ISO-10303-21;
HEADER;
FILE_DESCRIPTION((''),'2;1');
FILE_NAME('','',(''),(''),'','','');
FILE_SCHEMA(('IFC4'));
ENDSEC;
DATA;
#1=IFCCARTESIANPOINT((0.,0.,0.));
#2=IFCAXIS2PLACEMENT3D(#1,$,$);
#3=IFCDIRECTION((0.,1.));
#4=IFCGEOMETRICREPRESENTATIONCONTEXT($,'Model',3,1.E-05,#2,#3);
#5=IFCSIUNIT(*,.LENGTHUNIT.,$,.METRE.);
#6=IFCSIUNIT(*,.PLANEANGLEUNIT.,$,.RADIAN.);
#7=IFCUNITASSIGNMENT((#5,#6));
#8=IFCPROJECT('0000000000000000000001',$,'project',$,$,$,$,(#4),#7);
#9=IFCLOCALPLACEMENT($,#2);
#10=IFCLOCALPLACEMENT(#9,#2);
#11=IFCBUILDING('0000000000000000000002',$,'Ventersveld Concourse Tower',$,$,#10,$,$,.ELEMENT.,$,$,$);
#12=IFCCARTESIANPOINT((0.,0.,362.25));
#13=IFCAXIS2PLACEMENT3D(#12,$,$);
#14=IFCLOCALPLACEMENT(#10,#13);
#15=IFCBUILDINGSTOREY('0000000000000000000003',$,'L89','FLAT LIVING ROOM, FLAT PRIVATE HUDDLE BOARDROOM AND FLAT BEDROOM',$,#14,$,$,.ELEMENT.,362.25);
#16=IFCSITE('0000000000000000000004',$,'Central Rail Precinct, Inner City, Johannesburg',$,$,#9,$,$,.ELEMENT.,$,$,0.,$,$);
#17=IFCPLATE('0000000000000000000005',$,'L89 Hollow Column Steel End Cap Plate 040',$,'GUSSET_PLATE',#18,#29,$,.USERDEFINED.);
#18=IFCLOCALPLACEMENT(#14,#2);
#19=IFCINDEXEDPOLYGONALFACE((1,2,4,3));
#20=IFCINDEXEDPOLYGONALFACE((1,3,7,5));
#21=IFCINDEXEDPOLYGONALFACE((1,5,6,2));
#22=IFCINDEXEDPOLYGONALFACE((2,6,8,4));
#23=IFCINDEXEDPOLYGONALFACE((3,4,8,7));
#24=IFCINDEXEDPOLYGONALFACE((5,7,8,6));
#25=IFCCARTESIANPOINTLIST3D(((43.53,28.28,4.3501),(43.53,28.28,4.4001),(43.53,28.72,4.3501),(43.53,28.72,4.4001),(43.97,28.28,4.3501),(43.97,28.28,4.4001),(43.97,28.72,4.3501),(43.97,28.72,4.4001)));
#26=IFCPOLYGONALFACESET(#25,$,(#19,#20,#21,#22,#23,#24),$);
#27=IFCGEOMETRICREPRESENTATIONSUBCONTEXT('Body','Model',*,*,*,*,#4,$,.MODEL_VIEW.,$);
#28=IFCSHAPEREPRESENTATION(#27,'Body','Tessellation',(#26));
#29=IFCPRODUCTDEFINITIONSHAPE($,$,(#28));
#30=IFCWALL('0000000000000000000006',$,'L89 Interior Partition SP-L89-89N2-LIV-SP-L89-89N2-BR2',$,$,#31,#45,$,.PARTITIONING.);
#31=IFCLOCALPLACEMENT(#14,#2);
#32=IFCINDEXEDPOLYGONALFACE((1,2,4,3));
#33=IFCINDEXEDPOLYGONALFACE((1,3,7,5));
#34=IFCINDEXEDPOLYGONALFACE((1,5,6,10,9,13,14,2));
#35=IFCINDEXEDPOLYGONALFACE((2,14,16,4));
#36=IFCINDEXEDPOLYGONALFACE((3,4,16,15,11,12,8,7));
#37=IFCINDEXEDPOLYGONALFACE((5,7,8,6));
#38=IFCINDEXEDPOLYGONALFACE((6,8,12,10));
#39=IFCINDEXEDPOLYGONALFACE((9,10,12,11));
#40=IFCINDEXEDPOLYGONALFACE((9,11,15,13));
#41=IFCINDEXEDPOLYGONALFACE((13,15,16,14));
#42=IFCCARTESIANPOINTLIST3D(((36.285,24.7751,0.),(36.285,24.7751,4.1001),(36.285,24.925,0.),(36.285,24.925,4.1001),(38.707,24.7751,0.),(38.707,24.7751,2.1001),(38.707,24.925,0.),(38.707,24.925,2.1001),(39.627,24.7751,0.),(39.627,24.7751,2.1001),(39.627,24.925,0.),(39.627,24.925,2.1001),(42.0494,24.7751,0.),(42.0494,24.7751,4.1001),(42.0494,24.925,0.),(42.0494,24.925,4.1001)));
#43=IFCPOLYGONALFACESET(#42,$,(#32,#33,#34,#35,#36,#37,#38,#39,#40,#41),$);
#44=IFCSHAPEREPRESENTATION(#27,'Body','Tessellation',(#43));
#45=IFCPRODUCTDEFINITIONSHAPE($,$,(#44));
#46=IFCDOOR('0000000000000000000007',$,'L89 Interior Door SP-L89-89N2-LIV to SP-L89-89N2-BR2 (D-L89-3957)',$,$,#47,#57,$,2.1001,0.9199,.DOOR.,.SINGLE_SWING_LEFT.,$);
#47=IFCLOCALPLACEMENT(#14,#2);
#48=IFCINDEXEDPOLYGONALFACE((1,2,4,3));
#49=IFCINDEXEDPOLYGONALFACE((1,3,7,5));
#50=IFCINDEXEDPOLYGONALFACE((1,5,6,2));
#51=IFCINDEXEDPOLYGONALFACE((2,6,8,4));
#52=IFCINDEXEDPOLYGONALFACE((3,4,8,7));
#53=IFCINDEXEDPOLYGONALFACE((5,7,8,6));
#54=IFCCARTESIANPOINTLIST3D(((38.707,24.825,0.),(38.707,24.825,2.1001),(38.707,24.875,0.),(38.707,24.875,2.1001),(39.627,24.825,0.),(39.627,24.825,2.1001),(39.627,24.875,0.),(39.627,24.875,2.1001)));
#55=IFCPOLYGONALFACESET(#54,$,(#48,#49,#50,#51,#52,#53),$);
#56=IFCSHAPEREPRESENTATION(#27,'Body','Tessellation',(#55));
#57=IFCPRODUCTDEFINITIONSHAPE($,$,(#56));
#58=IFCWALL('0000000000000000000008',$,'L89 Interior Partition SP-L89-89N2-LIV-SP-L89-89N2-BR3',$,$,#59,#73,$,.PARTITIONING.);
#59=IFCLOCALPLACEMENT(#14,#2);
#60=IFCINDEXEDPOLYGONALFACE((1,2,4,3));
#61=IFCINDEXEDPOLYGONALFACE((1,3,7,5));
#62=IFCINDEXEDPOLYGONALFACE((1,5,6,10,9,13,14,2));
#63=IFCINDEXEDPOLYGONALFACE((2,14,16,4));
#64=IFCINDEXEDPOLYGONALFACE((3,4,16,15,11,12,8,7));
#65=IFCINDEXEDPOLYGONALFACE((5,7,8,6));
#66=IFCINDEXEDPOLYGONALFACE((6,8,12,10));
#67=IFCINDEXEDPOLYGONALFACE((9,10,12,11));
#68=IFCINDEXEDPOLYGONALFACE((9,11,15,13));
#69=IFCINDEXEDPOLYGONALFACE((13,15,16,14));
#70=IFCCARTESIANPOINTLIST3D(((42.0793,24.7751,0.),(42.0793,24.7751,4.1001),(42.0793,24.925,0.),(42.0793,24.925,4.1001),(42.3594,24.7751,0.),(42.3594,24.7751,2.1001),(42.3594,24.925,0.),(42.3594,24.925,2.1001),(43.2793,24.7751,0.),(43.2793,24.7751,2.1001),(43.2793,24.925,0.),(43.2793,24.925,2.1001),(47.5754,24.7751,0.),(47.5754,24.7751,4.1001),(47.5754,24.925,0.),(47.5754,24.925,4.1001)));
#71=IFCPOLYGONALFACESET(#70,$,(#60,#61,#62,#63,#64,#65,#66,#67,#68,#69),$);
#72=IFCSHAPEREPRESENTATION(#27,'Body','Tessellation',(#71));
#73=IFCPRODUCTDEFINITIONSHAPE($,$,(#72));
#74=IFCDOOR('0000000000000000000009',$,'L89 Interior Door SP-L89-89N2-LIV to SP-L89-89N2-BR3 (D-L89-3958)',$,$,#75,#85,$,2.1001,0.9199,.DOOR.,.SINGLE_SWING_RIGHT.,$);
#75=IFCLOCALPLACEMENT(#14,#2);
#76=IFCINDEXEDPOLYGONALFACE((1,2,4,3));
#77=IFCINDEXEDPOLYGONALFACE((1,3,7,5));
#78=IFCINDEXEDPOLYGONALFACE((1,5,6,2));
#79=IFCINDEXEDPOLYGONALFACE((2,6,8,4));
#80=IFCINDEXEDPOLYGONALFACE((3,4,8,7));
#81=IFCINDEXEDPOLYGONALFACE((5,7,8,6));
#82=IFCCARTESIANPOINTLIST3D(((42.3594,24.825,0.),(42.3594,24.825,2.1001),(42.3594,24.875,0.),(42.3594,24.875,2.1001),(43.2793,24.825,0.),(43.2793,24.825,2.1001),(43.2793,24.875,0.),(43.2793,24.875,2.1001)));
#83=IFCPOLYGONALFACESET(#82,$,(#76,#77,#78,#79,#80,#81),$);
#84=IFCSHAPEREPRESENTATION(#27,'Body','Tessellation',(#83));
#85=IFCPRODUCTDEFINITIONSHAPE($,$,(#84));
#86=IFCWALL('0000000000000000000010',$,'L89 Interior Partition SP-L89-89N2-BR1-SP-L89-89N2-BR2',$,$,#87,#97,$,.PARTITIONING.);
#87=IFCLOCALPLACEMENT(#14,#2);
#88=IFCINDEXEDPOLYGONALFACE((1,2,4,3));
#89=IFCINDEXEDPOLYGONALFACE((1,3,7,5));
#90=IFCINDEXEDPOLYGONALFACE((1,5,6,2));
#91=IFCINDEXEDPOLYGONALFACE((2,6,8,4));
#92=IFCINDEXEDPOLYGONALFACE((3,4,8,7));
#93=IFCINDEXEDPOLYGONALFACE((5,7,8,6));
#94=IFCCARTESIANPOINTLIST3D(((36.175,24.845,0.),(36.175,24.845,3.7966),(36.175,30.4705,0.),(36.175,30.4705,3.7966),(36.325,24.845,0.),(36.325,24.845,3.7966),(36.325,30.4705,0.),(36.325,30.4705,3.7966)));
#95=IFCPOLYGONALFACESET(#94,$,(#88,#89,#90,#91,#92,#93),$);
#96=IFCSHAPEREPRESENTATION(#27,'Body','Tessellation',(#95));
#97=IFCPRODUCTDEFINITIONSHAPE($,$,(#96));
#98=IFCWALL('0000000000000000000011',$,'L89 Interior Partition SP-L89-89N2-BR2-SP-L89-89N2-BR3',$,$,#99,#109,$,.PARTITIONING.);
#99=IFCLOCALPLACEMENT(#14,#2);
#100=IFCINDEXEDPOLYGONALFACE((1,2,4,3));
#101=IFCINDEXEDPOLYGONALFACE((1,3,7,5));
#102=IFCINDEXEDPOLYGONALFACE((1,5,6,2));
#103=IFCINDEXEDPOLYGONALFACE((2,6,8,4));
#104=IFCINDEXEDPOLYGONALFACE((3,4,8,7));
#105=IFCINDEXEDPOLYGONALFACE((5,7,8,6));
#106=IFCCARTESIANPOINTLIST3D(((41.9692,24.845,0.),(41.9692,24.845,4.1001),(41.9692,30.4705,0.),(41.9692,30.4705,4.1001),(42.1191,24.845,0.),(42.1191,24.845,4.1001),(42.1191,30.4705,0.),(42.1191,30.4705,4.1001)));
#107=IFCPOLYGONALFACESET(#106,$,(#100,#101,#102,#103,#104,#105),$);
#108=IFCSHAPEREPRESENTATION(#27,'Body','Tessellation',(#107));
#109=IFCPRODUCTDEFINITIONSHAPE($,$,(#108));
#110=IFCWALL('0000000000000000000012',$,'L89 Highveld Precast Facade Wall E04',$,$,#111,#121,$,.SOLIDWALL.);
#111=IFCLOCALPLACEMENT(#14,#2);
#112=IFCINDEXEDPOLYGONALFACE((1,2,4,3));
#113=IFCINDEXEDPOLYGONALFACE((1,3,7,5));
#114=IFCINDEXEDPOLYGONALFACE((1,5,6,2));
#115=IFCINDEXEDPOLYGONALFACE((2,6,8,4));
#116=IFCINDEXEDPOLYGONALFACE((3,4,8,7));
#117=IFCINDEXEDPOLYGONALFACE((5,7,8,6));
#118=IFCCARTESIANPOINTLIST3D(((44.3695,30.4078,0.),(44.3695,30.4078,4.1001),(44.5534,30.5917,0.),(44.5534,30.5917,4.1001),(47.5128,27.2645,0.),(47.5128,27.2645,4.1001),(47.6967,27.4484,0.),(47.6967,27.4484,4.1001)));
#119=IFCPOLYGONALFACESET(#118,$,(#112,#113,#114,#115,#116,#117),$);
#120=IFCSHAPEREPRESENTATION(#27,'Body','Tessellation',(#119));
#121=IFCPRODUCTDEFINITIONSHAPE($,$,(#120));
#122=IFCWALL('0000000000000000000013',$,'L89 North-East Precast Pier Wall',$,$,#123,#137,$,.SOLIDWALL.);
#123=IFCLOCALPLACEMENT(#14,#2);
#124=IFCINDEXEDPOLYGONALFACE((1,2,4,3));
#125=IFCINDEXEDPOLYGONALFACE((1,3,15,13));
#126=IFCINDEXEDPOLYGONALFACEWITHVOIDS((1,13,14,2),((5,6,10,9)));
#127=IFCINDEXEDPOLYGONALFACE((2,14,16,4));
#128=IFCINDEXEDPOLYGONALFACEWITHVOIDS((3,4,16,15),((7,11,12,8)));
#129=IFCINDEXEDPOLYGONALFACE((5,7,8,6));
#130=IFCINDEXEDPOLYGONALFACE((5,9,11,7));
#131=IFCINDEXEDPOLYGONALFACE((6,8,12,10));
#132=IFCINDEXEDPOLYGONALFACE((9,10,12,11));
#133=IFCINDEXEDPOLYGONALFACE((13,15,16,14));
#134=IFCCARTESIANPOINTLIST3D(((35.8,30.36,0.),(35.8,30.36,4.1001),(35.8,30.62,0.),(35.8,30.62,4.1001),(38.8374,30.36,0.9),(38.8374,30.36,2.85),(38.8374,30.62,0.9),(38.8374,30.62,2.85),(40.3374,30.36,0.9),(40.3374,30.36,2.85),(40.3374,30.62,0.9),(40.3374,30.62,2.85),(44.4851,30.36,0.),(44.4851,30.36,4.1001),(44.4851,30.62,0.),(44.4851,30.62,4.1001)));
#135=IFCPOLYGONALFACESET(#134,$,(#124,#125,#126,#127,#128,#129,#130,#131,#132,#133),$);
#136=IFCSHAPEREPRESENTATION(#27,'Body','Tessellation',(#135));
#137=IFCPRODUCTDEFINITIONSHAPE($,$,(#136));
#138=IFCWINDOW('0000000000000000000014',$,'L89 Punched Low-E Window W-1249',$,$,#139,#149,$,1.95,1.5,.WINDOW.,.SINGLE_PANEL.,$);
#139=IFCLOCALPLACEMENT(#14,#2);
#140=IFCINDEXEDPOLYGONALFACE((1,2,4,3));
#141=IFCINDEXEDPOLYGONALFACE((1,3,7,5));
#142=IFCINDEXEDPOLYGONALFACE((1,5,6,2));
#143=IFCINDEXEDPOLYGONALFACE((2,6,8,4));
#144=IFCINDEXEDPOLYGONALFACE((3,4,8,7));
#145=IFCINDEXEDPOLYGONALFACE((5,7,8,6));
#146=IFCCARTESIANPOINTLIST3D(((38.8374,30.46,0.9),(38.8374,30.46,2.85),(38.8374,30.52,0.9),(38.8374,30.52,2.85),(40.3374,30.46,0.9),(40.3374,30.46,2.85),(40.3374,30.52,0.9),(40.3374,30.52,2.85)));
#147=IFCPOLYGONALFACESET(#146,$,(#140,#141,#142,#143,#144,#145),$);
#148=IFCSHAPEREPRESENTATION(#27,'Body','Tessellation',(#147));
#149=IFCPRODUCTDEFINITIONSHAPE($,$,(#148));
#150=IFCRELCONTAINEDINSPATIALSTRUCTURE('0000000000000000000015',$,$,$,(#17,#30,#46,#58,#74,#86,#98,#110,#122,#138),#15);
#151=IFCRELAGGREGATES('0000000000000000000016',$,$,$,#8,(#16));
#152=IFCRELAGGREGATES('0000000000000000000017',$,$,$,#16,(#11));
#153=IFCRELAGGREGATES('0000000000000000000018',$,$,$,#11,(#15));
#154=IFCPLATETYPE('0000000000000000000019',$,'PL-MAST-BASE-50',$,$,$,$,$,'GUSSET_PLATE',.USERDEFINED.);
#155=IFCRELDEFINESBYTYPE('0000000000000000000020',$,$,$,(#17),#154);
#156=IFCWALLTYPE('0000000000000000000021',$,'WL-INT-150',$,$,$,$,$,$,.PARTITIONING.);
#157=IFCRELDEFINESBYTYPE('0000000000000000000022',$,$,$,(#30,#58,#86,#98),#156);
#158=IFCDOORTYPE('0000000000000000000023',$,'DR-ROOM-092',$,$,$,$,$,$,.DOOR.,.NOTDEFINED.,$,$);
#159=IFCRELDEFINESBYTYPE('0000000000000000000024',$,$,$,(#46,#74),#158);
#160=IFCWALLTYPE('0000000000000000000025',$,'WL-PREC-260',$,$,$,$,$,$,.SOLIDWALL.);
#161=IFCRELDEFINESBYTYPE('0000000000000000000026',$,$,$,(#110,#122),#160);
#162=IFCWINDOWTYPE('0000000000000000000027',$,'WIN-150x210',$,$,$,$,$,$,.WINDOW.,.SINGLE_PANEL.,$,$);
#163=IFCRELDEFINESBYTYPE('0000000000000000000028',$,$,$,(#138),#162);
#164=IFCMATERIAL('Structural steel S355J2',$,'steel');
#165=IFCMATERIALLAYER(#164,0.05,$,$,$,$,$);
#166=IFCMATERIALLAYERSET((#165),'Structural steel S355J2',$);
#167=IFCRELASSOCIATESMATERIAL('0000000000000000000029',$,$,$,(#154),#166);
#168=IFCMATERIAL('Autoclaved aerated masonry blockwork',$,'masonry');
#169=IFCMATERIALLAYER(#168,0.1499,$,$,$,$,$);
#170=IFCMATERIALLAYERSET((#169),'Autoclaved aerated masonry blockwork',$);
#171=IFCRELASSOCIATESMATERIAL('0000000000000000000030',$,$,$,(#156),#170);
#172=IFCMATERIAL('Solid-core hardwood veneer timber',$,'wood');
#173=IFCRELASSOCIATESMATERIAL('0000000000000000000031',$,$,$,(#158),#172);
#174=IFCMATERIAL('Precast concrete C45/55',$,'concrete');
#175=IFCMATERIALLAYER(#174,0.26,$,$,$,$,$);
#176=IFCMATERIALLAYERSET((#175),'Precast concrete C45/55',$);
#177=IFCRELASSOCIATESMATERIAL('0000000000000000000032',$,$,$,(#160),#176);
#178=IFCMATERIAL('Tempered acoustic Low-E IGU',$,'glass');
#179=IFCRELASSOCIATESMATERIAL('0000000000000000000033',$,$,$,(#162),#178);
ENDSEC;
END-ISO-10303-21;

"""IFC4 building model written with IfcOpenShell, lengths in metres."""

from ifc_helpers import new_model, si_unit, direction, frame, frame_2d, origin, origin_2d, place, context, subcontext, project, spatial, rectangle, extrude, material, layer, layer_set, type_object, element, fill, save


model = new_model("IFC4")

# Units and contexts
model_context = context("Model", 3, precision=1e-05, world=origin(), true_north=direction((0.0, 1.0)))
body_context = subcontext(model_context, "Body", "Model", "MODEL_VIEW")
ifc_project = project(units=[si_unit("LENGTHUNIT", "METRE"), si_unit("PLANEANGLEUNIT", "RADIAN")], contexts=[model_context])

# Site, building, storey
site_placement = place(None, origin())
site = spatial("IfcSite", under=ifc_project, at=site_placement, Name="Central Rail Precinct, Inner City, Johannesburg", CompositionType="ELEMENT", RefElevation=0.0)
building_placement = place(site_placement, origin())
building = spatial("IfcBuilding", under=site, at=building_placement, Name="Ventersveld Concourse Tower", CompositionType="ELEMENT")
storey_placement = place(building_placement, frame((0.0, 0.0, 362.25)))
storey = spatial("IfcBuildingStorey", under=building, at=storey_placement, Name="L89", Description="FLAT LIVING ROOM, FLAT PRIVATE HUDDLE BOARDROOM AND FLAT BEDROOM", CompositionType="ELEMENT", Elevation=362.25)

# Shared definitions
ifc_material_1 = material(Name="Structural steel S355J2", Category="steel")

# Plate
ifc_layer_1 = layer(ifc_material_1, 0.05)
ifc_layer_set_1 = layer_set([ifc_layer_1], Name="Structural steel S355J2")
plate_type = type_object("IfcPlateType", Name="PL-MAST-BASE-50", ElementType="GUSSET_PLATE", PredefinedType="USERDEFINED", material=ifc_layer_set_1)
for number, where, z_axis, x_axis, name in (
    (1, (43.75, 28.5, 4.3501), (0.0, 0.0, 1.0), (1.0, 0.0, 0.0), "L89 Hollow Column Steel End Cap Plate 040"),
):
    element("IfcPlate", number, at=place(storey_placement, frame(where, z_axis=z_axis, x_axis=x_axis)), inside=storey, type_object=plate_type, Name=name, ObjectType="GUSSET_PLATE", PredefinedType="USERDEFINED", context=body_context, shape_type="SweptSolid", body=[
        extrude(rectangle(XDim=0.4399, YDim=0.4399, at=origin_2d()), origin(), (0.0, 0.0, 1.0), 0.05),
    ])

# Walls, openings, doors
ifc_material_2 = material(Name="Autoclaved aerated masonry blockwork", Category="masonry")
ifc_layer_2 = layer(ifc_material_2, 0.1499)
ifc_layer_set_2 = layer_set([ifc_layer_2], Name="Autoclaved aerated masonry blockwork")
wall_type_1 = type_object("IfcWallType", Name="WL-INT-150", PredefinedType="PARTITIONING", material=ifc_layer_set_2)
wall_1_placement = place(storey_placement, frame((36.2849, 24.8501, 0.0), z_axis=(0.0, 0.0, 1.0), x_axis=(1.0, 0.0, 0.0)))
wall_1 = element("IfcWall", 2, at=wall_1_placement, inside=storey, type_object=wall_type_1, Name="L89 Interior Partition SP-L89-89N2-LIV-SP-L89-89N2-BR2", PredefinedType="PARTITIONING", context=body_context, shape_type="SweptSolid", body=[
    extrude(rectangle(XDim=5.7644, YDim=0.1499, at=frame_2d((2.8823, 0.0))), origin(), (0.0, 0.0, 1.0), 4.1001),
])
opening_1_placement = place(wall_1_placement, frame((2.4221, 0.0, 0.0)))
opening_1 = element("IfcOpeningElement", 3, at=opening_1_placement, cuts=wall_1, PredefinedType="OPENING", context=body_context, shape_type="SweptSolid", body=[
    extrude(rectangle(XDim=0.9199, YDim=2.1001, at=frame_2d((0.46, 1.05))), frame((0.0, 0.085, 0.0), z_axis=(0.0, -1.0, 0.0), x_axis=(1.0, 0.0, 0.0)), (0.0, 0.0, 1.0), 0.1699),
])
ifc_material_3 = material(Name="Solid-core hardwood veneer timber", Category="wood")
door_type = type_object("IfcDoorType", Name="DR-ROOM-092", OperationType="NOTDEFINED", PredefinedType="DOOR", material=ifc_material_3)
door_1_placement = place(opening_1_placement, origin())
door_1 = element("IfcDoor", 4, at=door_1_placement, inside=storey, type_object=door_type, Name="L89 Interior Door SP-L89-89N2-LIV to SP-L89-89N2-BR2 (D-L89-3957)", OperationType="SINGLE_SWING_LEFT", OverallHeight=2.1001, OverallWidth=0.9199, PredefinedType="DOOR", context=body_context, shape_type="SweptSolid", body=[
    extrude(rectangle(XDim=0.9199, YDim=2.1001, at=frame_2d((0.46, 1.05))), frame((0.0, 0.0249, 0.0), z_axis=(0.0, -1.0, 0.0), x_axis=(1.0, 0.0, 0.0)), (0.0, 0.0, 1.0), 0.05),
])
fill(opening_1, door_1)
wall_2_placement = place(storey_placement, frame((42.0793, 24.8501, 0.0), z_axis=(0.0, 0.0, 1.0), x_axis=(1.0, 0.0, 0.0)))
wall_2 = element("IfcWall", 5, at=wall_2_placement, inside=storey, type_object=wall_type_1, Name="L89 Interior Partition SP-L89-89N2-LIV-SP-L89-89N2-BR3", PredefinedType="PARTITIONING", context=body_context, shape_type="SweptSolid", body=[
    extrude(rectangle(XDim=5.4961, YDim=0.1499, at=frame_2d((2.748, 0.0))), origin(), (0.0, 0.0, 1.0), 4.1001),
])
opening_2_placement = place(wall_2_placement, frame((0.28, 0.0, 0.0)))
opening_2 = element("IfcOpeningElement", 6, at=opening_2_placement, cuts=wall_2, PredefinedType="OPENING", context=body_context, shape_type="SweptSolid", body=[
    extrude(rectangle(XDim=0.9199, YDim=2.1001, at=frame_2d((0.46, 1.05))), frame((0.0, 0.085, 0.0), z_axis=(0.0, -1.0, 0.0), x_axis=(1.0, 0.0, 0.0)), (0.0, 0.0, 1.0), 0.1699),
])
door_2_placement = place(opening_2_placement, origin())
door_2 = element("IfcDoor", 7, at=door_2_placement, inside=storey, type_object=door_type, Name="L89 Interior Door SP-L89-89N2-LIV to SP-L89-89N2-BR3 (D-L89-3958)", OperationType="SINGLE_SWING_RIGHT", OverallHeight=2.1001, OverallWidth=0.9199, PredefinedType="DOOR", context=body_context, shape_type="SweptSolid", body=[
    extrude(rectangle(XDim=0.9199, YDim=2.1001, at=frame_2d((0.46, 1.05))), frame((0.0, 0.0249, 0.0), z_axis=(0.0, -1.0, 0.0), x_axis=(1.0, 0.0, 0.0)), (0.0, 0.0, 1.0), 0.05),
])
fill(opening_2, door_2)

# Walls
wall_3_placement = place(storey_placement, frame((36.25, 24.845, 0.0), z_axis=(0.0, 0.0, 1.0), x_axis=(0.0, 1.0, 0.0)))
element("IfcWall", 8, at=wall_3_placement, inside=storey, type_object=wall_type_1, Name="L89 Interior Partition SP-L89-89N2-BR1-SP-L89-89N2-BR2", PredefinedType="PARTITIONING", context=body_context, shape_type="SweptSolid", body=[
    extrude(rectangle(XDim=5.6255, YDim=0.1499, at=frame_2d((2.8127, 0.0))), origin(), (0.0, 0.0, 1.0), 3.7966),
])
wall_4_placement = place(storey_placement, frame((42.0442, 24.845, 0.0), z_axis=(0.0, 0.0, 1.0), x_axis=(0.0, 1.0, 0.0)))
element("IfcWall", 9, at=wall_4_placement, inside=storey, type_object=wall_type_1, Name="L89 Interior Partition SP-L89-89N2-BR2-SP-L89-89N2-BR3", PredefinedType="PARTITIONING", context=body_context, shape_type="SweptSolid", body=[
    extrude(rectangle(XDim=5.6255, YDim=0.1499, at=frame_2d((2.8127, 0.0))), origin(), (0.0, 0.0, 1.0), 4.1001),
])
ifc_material_4 = material(Name="Precast concrete C45/55", Category="concrete")
ifc_layer_3 = layer(ifc_material_4, 0.26)
ifc_layer_set_3 = layer_set([ifc_layer_3], Name="Precast concrete C45/55")
wall_type_2 = type_object("IfcWallType", Name="WL-PREC-260", PredefinedType="SOLIDWALL", material=ifc_layer_set_3)
wall_5_placement = place(storey_placement, frame((47.6047, 27.3564, 0.0), z_axis=(0.0, 0.0, 1.0), x_axis=(-0.707107, 0.707107, 0.0)))
element("IfcWall", 10, at=wall_5_placement, inside=storey, type_object=wall_type_2, Name="L89 Highveld Precast Facade Wall E04", PredefinedType="SOLIDWALL", context=body_context, shape_type="SweptSolid", body=[
    extrude(rectangle(XDim=4.4453, YDim=0.26, at=frame_2d((2.2227, 0.0))), origin(), (0.0, 0.0, 1.0), 4.1001),
])

# Wall, opening, window
wall_6_placement = place(storey_placement, frame((44.4851, 30.49, 0.0), z_axis=(0.0, 0.0, 1.0), x_axis=(-1.0, 0.0, 0.0)))
wall_6 = element("IfcWall", 11, at=wall_6_placement, inside=storey, type_object=wall_type_2, Name="L89 North-East Precast Pier Wall", PredefinedType="SOLIDWALL", context=body_context, shape_type="SweptSolid", body=[
    extrude(rectangle(XDim=8.6851, YDim=0.26, at=frame_2d((4.3425, 0.0))), origin(), (0.0, 0.0, 1.0), 4.1001),
])
opening_3_placement = place(wall_6_placement, frame((4.1477, 0.0, 0.8999)))
opening_3 = element("IfcOpeningElement", 12, at=opening_3_placement, cuts=wall_6, PredefinedType="OPENING", context=body_context, shape_type="SweptSolid", body=[
    extrude(rectangle(XDim=1.5, YDim=1.95, at=frame_2d((0.75, 0.9751))), frame((0.0, 0.1401, 0.0), z_axis=(0.0, -1.0, 0.0), x_axis=(1.0, 0.0, 0.0)), (0.0, 0.0, 1.0), 0.28),
])
ifc_material_5 = material(Name="Tempered acoustic Low-E IGU", Category="glass")
window_type = type_object("IfcWindowType", Name="WIN-150x210", PartitioningType="SINGLE_PANEL", PredefinedType="WINDOW", material=ifc_material_5)
window_placement = place(opening_3_placement, origin())
window = element("IfcWindow", 13, at=window_placement, inside=storey, type_object=window_type, Name="L89 Punched Low-E Window W-1249", OverallHeight=1.95, OverallWidth=1.5, PartitioningType="SINGLE_PANEL", PredefinedType="WINDOW", context=body_context, shape_type="SweptSolid", body=[
    extrude(rectangle(XDim=1.5, YDim=1.95, at=frame_2d((0.75, 0.9751))), frame((0.0, 0.03, 0.0), z_axis=(0.0, -1.0, 0.0), x_axis=(1.0, 0.0, 0.0)), (0.0, 0.0, 1.0), 0.0601),
])
fill(opening_3, window)

save(model, "model.ifc")
